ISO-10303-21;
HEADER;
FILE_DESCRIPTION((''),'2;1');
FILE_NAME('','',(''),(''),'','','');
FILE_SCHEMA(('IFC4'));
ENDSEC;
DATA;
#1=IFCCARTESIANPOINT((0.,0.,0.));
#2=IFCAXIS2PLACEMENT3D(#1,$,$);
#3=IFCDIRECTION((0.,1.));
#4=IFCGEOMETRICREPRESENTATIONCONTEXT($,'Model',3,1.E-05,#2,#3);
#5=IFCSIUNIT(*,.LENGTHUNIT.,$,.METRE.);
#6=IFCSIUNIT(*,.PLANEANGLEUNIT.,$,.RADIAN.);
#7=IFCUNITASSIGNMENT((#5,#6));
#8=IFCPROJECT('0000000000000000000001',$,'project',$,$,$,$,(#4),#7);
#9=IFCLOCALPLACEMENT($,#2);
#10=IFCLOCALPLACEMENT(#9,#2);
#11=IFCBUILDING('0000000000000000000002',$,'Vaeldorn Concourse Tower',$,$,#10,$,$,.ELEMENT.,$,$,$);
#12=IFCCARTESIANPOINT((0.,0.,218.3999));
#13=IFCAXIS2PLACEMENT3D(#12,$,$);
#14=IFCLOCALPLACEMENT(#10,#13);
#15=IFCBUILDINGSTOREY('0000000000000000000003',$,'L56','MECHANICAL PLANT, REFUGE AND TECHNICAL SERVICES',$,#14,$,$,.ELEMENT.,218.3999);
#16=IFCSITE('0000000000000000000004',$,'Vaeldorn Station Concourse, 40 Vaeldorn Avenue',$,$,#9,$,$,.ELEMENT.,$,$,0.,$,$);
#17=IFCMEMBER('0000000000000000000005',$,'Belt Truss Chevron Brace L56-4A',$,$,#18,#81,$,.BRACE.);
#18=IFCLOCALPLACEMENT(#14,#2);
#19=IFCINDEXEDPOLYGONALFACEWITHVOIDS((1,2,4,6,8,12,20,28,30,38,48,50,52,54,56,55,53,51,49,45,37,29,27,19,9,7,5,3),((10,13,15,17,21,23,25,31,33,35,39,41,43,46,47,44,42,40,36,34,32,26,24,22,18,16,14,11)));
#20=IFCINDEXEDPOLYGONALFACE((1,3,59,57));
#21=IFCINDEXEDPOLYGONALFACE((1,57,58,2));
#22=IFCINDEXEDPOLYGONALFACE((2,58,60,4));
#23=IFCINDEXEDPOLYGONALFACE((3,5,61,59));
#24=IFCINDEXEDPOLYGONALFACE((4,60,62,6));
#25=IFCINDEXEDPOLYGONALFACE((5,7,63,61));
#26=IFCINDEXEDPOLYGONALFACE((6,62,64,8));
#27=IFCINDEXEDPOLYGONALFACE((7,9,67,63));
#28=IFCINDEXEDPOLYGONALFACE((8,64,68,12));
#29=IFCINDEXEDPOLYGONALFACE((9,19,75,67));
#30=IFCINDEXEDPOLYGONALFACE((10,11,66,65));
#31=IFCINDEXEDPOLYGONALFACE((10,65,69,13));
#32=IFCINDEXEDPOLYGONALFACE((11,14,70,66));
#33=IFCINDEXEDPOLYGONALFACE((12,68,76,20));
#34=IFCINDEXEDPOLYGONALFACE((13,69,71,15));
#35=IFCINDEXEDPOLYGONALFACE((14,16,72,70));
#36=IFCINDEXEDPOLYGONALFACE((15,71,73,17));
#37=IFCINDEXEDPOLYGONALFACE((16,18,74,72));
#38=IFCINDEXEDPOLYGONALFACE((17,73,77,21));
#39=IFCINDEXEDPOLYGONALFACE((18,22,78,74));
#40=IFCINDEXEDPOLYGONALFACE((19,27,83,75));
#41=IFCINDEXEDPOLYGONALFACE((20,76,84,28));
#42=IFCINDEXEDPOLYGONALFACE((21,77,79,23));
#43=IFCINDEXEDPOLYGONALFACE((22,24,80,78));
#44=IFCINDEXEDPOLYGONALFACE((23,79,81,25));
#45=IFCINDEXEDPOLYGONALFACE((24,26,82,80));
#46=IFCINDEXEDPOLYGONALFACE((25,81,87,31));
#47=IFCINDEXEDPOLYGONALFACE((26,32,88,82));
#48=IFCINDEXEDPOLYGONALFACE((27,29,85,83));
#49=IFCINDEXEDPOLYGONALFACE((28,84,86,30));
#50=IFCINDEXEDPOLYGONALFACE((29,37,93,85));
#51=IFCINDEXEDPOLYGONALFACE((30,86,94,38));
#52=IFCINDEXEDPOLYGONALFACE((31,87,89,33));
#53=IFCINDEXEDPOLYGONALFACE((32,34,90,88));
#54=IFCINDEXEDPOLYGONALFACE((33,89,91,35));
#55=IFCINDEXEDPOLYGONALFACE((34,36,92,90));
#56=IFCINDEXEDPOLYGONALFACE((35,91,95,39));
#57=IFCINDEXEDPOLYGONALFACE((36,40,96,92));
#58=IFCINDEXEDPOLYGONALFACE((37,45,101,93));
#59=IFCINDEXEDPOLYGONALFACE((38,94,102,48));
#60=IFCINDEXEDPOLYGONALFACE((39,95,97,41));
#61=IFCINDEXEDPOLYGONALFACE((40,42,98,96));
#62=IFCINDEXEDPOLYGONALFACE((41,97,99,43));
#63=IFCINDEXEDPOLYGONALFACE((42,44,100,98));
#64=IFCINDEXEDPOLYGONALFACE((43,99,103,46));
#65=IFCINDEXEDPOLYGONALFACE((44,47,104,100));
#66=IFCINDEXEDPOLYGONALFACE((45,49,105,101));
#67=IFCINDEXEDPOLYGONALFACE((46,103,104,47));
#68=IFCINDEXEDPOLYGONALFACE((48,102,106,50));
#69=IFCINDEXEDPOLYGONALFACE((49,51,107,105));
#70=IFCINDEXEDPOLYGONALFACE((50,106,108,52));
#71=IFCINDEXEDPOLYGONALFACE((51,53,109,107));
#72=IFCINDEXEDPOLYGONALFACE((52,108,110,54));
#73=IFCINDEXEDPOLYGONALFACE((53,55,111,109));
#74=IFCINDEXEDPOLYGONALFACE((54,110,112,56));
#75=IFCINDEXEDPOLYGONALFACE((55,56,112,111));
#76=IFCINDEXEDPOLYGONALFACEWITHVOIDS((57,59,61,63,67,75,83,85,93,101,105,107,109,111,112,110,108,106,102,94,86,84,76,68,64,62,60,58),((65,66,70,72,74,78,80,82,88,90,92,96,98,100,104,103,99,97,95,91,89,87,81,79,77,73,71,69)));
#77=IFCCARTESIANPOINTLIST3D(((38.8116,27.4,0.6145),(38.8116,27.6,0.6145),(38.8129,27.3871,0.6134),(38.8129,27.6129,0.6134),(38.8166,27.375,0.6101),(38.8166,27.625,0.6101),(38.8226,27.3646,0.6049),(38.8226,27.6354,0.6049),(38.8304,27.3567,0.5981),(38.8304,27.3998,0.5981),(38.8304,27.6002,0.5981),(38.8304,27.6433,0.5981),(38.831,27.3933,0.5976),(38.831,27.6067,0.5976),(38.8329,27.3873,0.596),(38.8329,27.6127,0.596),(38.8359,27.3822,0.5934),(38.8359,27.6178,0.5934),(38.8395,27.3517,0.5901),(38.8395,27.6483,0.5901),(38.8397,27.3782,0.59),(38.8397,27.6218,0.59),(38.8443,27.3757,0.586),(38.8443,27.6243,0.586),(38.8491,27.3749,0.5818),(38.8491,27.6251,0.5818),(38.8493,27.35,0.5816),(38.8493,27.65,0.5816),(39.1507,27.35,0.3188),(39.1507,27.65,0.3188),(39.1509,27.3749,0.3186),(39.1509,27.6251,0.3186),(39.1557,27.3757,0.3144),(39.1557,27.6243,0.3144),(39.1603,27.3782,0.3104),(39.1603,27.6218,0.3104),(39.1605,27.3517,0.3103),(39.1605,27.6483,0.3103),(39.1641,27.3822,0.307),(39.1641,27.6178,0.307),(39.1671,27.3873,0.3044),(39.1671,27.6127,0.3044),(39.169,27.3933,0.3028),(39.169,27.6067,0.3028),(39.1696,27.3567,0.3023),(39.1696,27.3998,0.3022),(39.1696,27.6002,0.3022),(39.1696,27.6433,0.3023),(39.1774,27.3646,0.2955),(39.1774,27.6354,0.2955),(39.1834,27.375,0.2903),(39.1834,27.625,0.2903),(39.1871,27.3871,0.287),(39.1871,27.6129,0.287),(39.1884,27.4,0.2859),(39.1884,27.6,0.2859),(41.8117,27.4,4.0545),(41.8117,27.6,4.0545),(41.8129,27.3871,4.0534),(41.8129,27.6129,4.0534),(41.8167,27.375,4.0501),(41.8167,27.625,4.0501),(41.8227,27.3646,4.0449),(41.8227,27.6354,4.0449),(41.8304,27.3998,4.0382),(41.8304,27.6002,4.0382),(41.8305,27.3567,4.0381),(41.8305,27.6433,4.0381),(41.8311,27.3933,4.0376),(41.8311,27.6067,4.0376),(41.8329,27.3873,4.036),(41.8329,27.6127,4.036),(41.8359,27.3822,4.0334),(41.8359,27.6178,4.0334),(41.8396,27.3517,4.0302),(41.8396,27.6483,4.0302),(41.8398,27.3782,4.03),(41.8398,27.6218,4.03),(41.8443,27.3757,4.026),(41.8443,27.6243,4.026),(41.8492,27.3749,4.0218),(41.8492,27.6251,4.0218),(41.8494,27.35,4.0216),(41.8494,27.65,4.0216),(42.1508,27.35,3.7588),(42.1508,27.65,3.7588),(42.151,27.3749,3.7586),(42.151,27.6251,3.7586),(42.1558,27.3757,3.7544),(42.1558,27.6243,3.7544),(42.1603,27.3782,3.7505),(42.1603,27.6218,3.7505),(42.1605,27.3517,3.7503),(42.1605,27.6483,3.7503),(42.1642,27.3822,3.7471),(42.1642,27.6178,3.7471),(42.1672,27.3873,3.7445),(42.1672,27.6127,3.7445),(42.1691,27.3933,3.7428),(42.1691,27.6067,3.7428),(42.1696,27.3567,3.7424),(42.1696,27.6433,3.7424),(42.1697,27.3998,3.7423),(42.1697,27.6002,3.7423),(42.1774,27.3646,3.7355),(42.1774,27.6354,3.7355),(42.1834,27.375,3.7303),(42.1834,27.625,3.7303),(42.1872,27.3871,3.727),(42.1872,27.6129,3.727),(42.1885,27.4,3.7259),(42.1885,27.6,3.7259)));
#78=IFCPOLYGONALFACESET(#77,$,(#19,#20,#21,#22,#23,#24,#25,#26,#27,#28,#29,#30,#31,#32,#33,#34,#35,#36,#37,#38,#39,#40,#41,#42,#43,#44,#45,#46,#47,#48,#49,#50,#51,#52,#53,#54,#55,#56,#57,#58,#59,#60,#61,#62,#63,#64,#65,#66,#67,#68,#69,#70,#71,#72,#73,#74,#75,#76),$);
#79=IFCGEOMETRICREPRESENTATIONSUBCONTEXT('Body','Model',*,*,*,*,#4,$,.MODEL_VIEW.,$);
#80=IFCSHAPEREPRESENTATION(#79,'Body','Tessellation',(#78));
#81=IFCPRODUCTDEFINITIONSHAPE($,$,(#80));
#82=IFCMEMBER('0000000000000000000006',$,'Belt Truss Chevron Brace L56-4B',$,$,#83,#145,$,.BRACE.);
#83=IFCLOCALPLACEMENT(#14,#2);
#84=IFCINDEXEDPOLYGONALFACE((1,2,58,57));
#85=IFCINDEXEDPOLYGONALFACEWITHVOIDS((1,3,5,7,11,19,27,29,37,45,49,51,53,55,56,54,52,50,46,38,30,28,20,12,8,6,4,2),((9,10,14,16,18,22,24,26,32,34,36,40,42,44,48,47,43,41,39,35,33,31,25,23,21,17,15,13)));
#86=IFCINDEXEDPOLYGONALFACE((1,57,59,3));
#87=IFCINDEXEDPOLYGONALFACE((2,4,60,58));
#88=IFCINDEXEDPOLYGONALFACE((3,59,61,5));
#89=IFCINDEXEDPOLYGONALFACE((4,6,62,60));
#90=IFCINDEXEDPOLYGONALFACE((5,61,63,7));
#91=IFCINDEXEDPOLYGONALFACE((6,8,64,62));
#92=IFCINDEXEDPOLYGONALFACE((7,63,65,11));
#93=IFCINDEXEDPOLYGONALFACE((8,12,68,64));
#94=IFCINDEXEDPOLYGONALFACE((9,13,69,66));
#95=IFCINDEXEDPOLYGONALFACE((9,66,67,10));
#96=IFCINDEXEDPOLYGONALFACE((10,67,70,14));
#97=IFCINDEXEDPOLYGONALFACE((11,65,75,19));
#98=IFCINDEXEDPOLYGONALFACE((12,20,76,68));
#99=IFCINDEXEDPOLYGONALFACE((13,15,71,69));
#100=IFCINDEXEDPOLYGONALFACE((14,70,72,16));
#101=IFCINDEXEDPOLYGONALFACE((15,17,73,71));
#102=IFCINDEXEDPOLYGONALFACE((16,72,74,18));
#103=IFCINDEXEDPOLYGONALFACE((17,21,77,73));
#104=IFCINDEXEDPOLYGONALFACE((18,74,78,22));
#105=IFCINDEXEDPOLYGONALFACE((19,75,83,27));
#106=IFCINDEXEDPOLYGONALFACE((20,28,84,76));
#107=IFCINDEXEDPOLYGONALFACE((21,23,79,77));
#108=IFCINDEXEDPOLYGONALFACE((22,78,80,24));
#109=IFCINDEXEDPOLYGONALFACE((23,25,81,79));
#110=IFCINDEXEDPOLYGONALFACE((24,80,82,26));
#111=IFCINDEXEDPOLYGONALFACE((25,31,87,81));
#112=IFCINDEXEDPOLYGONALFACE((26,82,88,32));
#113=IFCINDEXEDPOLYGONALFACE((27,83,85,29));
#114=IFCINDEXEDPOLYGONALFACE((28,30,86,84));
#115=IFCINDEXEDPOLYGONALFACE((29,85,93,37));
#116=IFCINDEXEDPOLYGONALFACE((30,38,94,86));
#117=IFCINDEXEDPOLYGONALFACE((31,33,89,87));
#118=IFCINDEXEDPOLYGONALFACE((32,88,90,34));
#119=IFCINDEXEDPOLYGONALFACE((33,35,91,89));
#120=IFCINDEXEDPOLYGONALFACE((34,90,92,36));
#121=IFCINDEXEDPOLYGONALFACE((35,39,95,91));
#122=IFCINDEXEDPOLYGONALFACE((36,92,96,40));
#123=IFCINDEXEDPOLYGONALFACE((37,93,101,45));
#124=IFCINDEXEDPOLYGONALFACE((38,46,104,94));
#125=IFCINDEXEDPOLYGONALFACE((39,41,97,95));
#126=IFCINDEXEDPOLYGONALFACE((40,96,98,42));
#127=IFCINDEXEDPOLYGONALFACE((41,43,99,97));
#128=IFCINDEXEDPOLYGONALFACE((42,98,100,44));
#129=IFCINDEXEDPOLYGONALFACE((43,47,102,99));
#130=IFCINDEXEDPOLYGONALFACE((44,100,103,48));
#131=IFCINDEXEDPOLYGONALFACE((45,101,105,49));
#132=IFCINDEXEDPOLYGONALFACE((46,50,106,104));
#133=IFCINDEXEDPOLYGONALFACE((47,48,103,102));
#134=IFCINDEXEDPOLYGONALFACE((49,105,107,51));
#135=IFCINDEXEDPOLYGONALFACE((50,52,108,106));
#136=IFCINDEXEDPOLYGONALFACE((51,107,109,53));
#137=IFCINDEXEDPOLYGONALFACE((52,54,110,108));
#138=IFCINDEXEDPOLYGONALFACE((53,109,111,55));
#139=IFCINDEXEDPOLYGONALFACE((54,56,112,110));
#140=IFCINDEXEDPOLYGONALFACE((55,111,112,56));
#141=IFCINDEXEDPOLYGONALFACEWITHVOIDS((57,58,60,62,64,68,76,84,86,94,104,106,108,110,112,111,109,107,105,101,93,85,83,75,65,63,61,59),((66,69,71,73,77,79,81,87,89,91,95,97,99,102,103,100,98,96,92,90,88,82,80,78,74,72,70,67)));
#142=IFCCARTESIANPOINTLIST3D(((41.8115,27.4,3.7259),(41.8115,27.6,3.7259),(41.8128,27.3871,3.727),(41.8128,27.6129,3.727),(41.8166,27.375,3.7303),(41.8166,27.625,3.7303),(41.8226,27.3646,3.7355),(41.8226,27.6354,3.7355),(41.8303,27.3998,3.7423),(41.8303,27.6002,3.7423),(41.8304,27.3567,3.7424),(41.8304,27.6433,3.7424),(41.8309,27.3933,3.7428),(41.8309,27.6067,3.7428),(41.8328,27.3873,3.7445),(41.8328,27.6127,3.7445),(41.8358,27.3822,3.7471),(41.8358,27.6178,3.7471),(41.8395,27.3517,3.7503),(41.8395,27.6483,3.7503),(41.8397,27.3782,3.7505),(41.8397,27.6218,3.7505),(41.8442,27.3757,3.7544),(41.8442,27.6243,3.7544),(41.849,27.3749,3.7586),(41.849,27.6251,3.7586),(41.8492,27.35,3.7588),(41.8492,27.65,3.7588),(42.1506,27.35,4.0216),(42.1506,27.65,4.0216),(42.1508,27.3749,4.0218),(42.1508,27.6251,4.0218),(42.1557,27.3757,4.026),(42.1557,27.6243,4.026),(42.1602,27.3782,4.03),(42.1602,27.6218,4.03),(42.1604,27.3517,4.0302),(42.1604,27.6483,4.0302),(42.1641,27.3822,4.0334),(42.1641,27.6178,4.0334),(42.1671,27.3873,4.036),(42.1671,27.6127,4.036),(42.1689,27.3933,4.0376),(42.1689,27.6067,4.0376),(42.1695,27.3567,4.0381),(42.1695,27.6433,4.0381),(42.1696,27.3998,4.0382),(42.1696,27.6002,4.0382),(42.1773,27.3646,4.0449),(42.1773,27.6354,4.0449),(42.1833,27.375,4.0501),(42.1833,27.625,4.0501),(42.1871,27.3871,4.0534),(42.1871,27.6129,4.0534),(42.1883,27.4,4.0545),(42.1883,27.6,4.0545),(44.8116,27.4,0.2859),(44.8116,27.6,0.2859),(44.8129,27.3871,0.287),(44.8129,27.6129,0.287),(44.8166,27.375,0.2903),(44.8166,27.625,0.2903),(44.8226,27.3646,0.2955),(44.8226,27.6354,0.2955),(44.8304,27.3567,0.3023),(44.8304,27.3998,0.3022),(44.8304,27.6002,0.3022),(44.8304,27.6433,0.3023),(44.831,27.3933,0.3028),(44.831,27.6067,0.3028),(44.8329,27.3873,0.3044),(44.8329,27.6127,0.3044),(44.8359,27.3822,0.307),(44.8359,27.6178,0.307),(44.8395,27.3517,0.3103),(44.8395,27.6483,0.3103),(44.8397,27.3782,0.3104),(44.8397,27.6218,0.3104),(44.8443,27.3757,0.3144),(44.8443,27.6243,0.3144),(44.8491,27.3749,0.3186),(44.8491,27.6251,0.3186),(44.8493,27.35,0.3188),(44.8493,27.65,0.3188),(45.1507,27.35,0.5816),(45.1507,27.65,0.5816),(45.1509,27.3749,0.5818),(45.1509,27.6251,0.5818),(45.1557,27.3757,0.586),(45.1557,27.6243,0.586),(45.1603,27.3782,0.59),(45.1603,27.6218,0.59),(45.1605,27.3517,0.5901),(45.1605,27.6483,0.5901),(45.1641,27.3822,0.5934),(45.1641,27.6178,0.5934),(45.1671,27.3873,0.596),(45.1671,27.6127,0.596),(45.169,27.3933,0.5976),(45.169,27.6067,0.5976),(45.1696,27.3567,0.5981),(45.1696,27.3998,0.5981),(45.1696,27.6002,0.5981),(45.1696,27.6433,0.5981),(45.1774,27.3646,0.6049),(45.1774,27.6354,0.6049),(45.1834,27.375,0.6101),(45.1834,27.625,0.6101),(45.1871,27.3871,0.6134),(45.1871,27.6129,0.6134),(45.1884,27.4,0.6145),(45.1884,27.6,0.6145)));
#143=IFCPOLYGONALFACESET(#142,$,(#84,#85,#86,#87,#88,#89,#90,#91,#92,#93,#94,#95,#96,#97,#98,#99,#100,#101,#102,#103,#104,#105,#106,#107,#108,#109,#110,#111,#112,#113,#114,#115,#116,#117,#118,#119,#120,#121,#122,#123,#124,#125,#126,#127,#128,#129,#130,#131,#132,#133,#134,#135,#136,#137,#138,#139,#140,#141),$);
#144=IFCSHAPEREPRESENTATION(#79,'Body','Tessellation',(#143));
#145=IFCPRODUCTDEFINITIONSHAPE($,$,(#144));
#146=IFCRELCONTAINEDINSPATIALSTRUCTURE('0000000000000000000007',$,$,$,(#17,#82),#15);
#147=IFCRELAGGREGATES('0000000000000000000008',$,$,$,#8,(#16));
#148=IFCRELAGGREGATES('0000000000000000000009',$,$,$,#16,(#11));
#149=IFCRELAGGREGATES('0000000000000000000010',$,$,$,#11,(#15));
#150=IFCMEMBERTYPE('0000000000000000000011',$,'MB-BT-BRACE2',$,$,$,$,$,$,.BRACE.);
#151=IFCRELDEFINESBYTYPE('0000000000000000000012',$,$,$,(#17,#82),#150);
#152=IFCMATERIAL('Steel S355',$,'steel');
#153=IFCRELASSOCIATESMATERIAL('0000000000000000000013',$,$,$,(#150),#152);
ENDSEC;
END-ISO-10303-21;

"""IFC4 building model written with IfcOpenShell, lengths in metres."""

from ifc_helpers import new_model, si_unit, direction, frame, origin, origin_2d, place, context, subcontext, project, spatial, hollow_rectangle, extrude, source, transform, mapped, material, material_profile, profile_set, type_object, element, save


model = new_model("IFC4")

# Units and contexts
model_context = context("Model", 3, precision=1e-05, world=origin(), true_north=direction((0.0, 1.0)))
body_context = subcontext(model_context, "Body", "Model", "MODEL_VIEW")
ifc_project = project(units=[si_unit("LENGTHUNIT", "METRE"), si_unit("PLANEANGLEUNIT", "RADIAN")], contexts=[model_context])

# Site, building, storey
site_placement = place(None, origin())
site = spatial("IfcSite", under=ifc_project, at=site_placement, Name="Vaeldorn Station Concourse, 40 Vaeldorn Avenue", CompositionType="ELEMENT", RefElevation=0.0)
building_placement = place(site_placement, origin())
building = spatial("IfcBuilding", under=site, at=building_placement, Name="Vaeldorn Concourse Tower", CompositionType="ELEMENT")
storey_placement = place(building_placement, frame((0.0, 0.0, 218.3999)))
storey = spatial("IfcBuildingStorey", under=building, at=storey_placement, Name="L56", Description="MECHANICAL PLANT, REFUGE AND TECHNICAL SERVICES", CompositionType="ELEMENT", Elevation=218.3999)

# Shared definitions
ifc_material_1 = material(Name="Steel S355", Category="steel")

# Members
ifc_material_profile_1 = material_profile(ifc_material_1, hollow_rectangle(XDim=0.3, YDim=0.5, WallThickness=0.0249, InnerFilletRadius=0.0249, OuterFilletRadius=0.05, at=origin_2d()), Name="RHS 500x300x25")
ifc_profile_set_1 = profile_set([ifc_material_profile_1], Name="Steel S355")
member_type_1 = type_object("IfcMemberType", Name="MB-BT-BRACE2", PredefinedType="BRACE", material=ifc_profile_set_1)
shared_shape_1 = source(origin(), body_context, "Body", "SweptSolid", [
    extrude(hollow_rectangle(XDim=0.3, YDim=0.5, WallThickness=0.0249, InnerFilletRadius=0.0249, OuterFilletRadius=0.05, at=origin_2d()), origin(), (0.0, 0.0, 1.0), 4.5645),
])
for number, where, z_axis, x_axis, name in (
    (1, (39.0, 27.5, 0.4502), (0.657269, 0.0, 0.753656), (0.0, 1.0, 0.0), "Belt Truss Chevron Brace L56-4A"),
    (2, (45.0, 27.5, 0.4502), (-0.657269, 0.0, 0.753656), (0.0, -1.0, 0.0), "Belt Truss Chevron Brace L56-4B"),
):
    element("IfcMember", number, at=place(storey_placement, frame(where, z_axis=z_axis, x_axis=x_axis)), inside=storey, type_object=member_type_1, Name=name, PredefinedType="BRACE", context=body_context, shape_type="MappedRepresentation", body=[
        mapped(shared_shape_1, transform((0.0, 0.0, 0.0), scale=1.0)),
    ])

save(model, "model.ifc")
